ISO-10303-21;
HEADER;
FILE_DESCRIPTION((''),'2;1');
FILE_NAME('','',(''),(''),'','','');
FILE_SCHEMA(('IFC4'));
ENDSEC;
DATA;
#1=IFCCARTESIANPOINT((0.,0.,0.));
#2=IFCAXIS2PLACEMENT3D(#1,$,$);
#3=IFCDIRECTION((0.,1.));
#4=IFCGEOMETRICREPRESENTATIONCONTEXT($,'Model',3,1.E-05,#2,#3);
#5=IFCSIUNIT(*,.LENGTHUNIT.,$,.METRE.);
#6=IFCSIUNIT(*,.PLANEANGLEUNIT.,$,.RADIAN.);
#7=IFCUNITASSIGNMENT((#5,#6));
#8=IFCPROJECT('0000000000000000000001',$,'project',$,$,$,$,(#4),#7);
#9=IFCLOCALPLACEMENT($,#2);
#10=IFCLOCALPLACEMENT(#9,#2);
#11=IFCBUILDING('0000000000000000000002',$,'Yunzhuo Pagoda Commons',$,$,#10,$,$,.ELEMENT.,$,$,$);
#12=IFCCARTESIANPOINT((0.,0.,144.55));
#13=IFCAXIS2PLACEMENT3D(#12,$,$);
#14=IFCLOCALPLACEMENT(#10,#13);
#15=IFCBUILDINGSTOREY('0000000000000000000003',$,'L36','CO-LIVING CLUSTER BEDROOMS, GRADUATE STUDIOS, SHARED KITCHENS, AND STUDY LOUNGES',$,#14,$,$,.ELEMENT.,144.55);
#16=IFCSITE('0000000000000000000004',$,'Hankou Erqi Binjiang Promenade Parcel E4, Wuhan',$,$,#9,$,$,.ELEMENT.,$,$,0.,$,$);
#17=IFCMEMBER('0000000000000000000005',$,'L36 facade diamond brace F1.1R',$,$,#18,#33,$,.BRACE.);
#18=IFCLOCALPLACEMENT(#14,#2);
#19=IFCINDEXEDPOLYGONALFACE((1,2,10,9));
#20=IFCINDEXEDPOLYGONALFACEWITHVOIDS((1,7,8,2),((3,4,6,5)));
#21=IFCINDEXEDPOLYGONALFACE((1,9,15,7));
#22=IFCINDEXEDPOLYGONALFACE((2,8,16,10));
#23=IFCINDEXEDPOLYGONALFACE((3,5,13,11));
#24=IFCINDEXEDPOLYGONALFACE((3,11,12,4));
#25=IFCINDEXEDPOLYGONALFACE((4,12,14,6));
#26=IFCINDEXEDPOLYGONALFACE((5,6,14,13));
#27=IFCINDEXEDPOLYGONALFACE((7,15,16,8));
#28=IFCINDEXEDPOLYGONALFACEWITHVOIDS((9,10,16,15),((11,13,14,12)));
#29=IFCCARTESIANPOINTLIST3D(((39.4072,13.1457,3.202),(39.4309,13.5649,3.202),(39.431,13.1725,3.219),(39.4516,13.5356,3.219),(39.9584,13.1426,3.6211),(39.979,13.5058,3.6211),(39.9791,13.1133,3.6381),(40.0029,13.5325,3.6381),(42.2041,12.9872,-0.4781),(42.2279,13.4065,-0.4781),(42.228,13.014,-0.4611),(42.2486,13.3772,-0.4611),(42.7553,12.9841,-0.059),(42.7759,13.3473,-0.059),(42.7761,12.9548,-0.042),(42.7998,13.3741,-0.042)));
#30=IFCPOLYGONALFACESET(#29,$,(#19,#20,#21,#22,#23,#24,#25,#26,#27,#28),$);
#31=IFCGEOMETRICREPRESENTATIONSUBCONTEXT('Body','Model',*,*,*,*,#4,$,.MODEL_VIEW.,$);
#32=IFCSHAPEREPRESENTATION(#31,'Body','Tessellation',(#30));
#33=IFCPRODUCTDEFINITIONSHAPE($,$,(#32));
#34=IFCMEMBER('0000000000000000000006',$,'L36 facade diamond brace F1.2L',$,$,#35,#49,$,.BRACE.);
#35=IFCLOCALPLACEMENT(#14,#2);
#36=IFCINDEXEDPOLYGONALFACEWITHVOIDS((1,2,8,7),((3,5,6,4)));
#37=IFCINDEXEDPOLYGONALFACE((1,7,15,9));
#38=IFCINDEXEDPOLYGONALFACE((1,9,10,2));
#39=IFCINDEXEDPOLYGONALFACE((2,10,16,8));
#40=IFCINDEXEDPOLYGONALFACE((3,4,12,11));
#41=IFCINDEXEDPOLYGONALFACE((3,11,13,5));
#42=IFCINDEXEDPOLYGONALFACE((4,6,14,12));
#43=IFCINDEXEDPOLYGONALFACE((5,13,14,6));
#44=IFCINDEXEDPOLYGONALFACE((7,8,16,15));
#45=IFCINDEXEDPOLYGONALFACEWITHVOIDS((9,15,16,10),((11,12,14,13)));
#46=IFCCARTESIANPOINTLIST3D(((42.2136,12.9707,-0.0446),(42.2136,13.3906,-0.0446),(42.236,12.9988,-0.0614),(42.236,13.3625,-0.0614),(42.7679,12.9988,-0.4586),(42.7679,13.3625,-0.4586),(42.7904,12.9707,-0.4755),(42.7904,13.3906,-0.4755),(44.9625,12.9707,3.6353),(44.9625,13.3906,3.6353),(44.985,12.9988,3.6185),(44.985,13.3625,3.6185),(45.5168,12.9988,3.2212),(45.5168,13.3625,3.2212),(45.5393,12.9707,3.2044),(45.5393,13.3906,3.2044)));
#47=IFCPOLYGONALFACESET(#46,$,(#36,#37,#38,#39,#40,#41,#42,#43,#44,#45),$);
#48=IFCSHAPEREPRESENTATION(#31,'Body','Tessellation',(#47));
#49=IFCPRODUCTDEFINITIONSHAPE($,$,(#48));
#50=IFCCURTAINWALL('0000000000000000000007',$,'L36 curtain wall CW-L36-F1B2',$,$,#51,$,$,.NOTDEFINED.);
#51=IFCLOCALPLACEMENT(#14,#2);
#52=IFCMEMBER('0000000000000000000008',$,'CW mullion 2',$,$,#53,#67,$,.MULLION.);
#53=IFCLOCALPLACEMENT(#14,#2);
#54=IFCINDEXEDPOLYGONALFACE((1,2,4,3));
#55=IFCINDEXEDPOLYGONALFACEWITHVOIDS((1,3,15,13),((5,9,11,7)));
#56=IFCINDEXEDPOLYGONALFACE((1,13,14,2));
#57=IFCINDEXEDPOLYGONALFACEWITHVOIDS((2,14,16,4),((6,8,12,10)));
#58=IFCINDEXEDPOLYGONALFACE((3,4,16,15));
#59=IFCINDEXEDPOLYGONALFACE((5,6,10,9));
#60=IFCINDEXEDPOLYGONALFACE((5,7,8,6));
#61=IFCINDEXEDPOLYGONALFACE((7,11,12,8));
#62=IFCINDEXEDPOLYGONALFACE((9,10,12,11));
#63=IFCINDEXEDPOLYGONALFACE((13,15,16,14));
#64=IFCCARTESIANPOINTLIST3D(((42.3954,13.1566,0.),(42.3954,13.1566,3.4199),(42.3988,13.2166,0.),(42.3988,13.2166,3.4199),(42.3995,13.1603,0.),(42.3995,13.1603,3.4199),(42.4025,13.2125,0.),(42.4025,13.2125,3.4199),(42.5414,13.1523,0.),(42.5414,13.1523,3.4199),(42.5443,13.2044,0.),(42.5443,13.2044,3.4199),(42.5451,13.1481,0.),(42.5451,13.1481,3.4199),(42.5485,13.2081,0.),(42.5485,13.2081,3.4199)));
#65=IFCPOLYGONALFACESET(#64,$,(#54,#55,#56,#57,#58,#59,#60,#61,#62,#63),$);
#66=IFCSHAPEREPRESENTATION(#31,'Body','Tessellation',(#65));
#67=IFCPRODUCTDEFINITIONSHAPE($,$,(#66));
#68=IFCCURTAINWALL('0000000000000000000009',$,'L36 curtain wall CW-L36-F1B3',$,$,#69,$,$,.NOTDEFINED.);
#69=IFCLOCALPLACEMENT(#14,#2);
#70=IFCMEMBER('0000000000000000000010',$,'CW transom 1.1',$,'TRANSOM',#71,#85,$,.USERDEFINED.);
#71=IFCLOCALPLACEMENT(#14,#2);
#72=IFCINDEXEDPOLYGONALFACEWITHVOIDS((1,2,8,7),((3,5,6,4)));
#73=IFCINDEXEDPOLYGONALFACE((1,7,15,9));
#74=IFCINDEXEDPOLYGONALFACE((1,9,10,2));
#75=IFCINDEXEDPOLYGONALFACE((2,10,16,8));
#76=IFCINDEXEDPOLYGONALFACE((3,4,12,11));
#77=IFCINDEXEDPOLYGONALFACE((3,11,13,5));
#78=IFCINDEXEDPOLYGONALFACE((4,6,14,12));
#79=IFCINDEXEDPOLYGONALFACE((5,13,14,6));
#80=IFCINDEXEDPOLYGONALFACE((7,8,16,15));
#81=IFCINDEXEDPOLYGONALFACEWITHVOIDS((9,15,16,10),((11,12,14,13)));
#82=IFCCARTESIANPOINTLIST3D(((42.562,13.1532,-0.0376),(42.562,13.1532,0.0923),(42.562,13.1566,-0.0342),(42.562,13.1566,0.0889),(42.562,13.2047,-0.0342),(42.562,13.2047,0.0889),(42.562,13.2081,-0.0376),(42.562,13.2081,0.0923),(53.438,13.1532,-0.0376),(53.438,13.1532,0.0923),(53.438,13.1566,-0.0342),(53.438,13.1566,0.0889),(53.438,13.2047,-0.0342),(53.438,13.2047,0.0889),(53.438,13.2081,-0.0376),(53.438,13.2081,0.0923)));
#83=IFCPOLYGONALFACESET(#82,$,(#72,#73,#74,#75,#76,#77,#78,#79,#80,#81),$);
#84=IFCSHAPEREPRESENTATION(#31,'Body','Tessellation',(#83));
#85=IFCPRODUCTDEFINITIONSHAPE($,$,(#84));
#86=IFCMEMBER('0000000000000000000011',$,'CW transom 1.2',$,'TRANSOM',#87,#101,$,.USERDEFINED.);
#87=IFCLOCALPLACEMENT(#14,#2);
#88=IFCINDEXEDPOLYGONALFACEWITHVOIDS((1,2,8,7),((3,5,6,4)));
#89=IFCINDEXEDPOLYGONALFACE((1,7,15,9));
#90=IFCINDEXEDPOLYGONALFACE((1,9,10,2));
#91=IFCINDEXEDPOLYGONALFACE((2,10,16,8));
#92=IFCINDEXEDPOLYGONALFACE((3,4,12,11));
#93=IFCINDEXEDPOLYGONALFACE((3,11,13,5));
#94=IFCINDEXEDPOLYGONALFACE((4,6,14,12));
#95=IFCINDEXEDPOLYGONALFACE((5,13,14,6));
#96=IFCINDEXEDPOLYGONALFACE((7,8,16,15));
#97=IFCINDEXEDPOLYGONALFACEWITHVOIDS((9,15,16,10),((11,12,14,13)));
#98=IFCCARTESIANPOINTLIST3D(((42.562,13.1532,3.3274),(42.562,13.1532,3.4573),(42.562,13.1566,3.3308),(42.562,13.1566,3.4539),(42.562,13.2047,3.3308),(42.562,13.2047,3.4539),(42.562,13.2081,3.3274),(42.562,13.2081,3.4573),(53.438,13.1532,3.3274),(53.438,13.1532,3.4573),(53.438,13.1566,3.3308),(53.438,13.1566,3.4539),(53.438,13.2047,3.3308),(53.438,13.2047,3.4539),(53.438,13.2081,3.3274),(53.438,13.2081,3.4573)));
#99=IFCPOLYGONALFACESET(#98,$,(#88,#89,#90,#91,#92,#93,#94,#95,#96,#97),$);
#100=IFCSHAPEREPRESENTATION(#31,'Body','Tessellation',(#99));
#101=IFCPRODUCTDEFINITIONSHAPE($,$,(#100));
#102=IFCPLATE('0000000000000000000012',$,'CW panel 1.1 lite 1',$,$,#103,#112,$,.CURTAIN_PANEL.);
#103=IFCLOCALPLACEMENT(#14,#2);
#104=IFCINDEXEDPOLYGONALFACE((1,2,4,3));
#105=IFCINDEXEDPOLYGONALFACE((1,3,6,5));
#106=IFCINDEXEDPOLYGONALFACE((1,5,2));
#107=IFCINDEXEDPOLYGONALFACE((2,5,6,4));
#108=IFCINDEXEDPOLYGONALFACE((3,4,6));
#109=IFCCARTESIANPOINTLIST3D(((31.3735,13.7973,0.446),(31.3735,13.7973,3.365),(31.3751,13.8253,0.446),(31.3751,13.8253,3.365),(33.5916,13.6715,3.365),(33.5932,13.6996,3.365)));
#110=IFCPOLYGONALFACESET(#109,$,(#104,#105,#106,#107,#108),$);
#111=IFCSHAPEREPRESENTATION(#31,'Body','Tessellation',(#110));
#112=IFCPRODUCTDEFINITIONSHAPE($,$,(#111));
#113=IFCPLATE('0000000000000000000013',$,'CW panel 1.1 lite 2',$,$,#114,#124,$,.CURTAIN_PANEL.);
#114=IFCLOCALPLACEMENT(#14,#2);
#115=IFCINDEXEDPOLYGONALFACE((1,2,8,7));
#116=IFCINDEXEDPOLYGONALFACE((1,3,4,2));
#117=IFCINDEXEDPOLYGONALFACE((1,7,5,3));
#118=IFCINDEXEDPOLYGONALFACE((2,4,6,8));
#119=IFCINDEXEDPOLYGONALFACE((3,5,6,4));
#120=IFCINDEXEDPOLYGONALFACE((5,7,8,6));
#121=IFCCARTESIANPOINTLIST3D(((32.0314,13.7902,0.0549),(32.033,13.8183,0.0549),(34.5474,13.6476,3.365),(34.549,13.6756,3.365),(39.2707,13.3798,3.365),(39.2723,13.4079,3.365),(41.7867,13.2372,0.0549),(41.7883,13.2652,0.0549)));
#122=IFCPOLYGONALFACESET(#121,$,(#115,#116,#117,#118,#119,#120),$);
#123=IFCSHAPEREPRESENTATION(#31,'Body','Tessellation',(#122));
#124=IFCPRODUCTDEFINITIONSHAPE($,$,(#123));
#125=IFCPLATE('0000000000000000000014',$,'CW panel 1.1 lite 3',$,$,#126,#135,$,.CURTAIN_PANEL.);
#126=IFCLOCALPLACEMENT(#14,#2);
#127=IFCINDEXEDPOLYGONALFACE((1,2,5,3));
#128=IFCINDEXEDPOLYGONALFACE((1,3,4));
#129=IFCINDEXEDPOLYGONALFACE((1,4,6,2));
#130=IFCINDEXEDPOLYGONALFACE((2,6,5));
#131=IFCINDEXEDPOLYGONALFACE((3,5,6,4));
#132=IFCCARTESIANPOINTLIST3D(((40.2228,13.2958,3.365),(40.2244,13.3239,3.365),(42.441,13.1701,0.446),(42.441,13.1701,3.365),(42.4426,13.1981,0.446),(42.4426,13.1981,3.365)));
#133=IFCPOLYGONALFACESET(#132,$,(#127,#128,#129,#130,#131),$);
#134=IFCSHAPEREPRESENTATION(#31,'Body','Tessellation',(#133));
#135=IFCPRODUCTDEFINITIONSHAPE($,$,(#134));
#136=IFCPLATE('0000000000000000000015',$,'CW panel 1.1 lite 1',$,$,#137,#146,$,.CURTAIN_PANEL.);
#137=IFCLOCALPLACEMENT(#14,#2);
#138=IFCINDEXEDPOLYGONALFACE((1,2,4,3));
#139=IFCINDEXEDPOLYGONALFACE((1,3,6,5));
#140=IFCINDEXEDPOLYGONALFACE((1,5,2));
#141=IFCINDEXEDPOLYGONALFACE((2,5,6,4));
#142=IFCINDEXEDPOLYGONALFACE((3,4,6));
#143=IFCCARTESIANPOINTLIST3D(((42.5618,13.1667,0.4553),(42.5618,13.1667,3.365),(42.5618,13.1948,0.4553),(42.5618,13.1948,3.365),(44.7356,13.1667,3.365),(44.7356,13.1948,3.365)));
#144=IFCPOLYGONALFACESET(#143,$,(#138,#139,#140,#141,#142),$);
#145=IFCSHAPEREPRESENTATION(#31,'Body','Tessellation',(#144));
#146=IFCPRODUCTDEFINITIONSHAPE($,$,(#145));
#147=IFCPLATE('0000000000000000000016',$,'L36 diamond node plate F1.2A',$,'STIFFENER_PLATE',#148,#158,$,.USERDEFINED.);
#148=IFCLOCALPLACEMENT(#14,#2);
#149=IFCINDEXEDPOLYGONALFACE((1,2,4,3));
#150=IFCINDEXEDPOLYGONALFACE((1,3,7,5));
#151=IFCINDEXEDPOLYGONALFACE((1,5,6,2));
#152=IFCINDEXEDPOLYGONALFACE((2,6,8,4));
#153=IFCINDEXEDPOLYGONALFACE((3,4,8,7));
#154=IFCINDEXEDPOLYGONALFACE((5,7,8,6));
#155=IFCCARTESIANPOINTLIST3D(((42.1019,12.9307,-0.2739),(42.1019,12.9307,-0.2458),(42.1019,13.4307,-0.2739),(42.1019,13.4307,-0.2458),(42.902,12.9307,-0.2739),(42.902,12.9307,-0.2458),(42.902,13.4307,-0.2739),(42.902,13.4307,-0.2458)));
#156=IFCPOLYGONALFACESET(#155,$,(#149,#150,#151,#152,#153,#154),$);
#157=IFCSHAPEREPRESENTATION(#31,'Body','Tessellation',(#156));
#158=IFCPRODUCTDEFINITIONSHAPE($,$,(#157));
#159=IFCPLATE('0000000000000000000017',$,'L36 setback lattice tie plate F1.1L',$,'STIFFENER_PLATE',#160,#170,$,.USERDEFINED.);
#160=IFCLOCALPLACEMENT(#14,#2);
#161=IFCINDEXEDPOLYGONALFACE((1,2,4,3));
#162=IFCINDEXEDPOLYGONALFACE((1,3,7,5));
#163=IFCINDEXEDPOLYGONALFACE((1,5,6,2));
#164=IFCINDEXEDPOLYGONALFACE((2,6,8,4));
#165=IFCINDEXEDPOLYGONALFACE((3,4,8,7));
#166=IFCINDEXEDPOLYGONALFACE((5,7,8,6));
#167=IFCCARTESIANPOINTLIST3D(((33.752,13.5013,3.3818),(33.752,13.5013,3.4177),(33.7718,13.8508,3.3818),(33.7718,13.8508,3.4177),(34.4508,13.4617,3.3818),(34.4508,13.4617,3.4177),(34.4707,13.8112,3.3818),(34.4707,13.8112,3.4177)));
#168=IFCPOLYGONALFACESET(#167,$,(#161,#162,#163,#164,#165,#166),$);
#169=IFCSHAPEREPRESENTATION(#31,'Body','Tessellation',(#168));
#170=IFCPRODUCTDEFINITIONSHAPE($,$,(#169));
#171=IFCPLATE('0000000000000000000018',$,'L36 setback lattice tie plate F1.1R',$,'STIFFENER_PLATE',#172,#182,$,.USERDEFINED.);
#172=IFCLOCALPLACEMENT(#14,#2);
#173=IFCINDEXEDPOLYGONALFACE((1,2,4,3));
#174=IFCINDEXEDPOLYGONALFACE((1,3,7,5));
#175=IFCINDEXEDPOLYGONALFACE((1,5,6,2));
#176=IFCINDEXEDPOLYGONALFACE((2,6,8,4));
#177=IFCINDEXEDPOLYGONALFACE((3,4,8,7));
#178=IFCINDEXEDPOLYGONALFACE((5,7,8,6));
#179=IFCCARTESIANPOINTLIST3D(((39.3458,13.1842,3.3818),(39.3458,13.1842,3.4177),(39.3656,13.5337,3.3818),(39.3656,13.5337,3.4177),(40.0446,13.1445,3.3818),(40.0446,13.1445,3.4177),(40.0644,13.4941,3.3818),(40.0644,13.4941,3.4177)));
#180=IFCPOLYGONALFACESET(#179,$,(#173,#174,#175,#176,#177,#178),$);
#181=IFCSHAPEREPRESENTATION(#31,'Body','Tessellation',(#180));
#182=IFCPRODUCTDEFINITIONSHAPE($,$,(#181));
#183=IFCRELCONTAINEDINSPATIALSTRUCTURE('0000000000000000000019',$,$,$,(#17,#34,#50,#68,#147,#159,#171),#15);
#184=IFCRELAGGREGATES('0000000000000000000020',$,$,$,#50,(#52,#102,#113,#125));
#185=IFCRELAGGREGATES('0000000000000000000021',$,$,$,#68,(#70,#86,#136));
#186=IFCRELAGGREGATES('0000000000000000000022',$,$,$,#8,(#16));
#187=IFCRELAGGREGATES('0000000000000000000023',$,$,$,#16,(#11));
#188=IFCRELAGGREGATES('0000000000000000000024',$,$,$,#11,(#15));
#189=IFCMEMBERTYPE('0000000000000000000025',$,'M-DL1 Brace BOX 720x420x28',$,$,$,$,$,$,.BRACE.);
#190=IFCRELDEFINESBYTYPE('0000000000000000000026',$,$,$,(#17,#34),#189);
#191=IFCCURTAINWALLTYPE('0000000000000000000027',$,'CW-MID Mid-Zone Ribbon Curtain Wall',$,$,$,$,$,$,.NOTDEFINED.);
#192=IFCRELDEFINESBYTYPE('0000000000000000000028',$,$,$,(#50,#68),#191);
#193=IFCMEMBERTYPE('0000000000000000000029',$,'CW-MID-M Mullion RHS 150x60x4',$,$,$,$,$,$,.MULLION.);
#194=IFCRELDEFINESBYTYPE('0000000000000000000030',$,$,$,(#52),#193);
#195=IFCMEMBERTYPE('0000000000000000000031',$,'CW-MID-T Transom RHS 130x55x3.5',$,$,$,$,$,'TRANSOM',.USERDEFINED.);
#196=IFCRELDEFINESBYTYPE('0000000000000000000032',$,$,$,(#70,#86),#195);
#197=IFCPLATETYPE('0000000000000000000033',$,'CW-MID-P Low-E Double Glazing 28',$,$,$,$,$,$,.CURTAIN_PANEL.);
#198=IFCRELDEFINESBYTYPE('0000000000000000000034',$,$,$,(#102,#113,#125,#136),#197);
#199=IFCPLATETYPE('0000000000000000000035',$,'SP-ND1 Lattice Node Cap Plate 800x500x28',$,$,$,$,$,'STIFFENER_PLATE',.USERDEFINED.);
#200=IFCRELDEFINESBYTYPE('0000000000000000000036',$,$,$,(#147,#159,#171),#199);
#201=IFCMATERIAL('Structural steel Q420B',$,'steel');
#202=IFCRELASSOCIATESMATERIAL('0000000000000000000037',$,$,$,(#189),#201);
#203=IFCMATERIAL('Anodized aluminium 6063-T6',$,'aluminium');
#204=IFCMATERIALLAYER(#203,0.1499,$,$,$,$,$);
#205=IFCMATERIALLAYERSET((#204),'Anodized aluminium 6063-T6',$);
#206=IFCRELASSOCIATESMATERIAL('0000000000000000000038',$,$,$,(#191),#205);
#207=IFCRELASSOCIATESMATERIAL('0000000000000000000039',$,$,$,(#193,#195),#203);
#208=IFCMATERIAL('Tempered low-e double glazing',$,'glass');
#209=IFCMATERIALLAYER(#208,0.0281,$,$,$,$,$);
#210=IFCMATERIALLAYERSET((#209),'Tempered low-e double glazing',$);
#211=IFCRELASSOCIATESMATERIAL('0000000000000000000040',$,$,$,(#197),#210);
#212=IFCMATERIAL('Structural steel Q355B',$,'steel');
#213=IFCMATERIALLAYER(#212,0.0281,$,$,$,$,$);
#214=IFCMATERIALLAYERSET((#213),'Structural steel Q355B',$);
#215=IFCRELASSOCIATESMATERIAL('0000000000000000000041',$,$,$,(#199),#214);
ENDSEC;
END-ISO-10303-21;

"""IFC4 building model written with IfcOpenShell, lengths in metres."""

from ifc_helpers import new_model, si_unit, direction, frame, origin, origin_2d, place, context, subcontext, project, spatial, polyline, rectangle, hollow_rectangle, outline, extrude, source, transform, mapped, material, layer, layer_set, material_profile, profile_set, type_object, element, aggregate, save


model = new_model("IFC4")

# Units and contexts
model_context = context("Model", 3, precision=1e-05, world=origin(), true_north=direction((0.0, 1.0)))
body_context = subcontext(model_context, "Body", "Model", "MODEL_VIEW")
ifc_project = project(units=[si_unit("LENGTHUNIT", "METRE"), si_unit("PLANEANGLEUNIT", "RADIAN")], contexts=[model_context])

# Site, building, storey
site_placement = place(None, origin())
site = spatial("IfcSite", under=ifc_project, at=site_placement, Name="Hankou Erqi Binjiang Promenade Parcel E4, Wuhan", CompositionType="ELEMENT", RefElevation=0.0)
building_placement = place(site_placement, origin())
building = spatial("IfcBuilding", under=site, at=building_placement, Name="Yunzhuo Pagoda Commons", CompositionType="ELEMENT")
storey_placement = place(building_placement, frame((0.0, 0.0, 144.55)))
storey = spatial("IfcBuildingStorey", under=building, at=storey_placement, Name="L36", Description="CO-LIVING CLUSTER BEDROOMS, GRADUATE STUDIOS, SHARED KITCHENS, AND STUDY LOUNGES", CompositionType="ELEMENT", Elevation=144.55)

# Shared definitions
ifc_material_1 = material(Name="Structural steel Q420B", Category="steel")

# Shared definitions
ifc_material_2 = material(Name="Structural steel Q355B", Category="steel")

# Members
ifc_material_profile_1 = material_profile(ifc_material_1, hollow_rectangle(XDim=0.4199, YDim=0.72, WallThickness=0.0281, at=origin_2d()), Name="Structural steel Q420B")
ifc_profile_set_1 = profile_set([ifc_material_profile_1], Name="Structural steel Q420B")
member_type_1 = type_object("IfcMemberType", Name="M-DL1 Brace BOX 720x420x28", PredefinedType="BRACE", material=ifc_profile_set_1)
shared_shape_1 = source(origin(), body_context, "Body", "SweptSolid", [
    extrude(hollow_rectangle(XDim=0.4199, YDim=0.72, WallThickness=0.0281, at=origin_2d()), origin(), (0.0, 0.0, 1.0), 4.625),
])
member_1_placement = place(storey_placement, frame((42.502, 13.1807, -0.26), z_axis=(-0.604745, 0.03426, 0.795682), x_axis=(-0.056561, -0.998399, 0.0)))
element("IfcMember", 1, at=member_1_placement, inside=storey, type_object=member_type_1, Name="L36 facade diamond brace F1.1R", PredefinedType="BRACE", context=body_context, shape_type="MappedRepresentation", body=[
    mapped(shared_shape_1, transform((0.0, 0.0, 0.0), scale=1.0)),
])
shared_shape_2 = source(origin(), body_context, "Body", "SweptSolid", [
    extrude(hollow_rectangle(XDim=0.4199, YDim=0.72, WallThickness=0.0281, at=origin_2d()), origin(), (0.0, 0.0, 1.0), 4.5933),
])
member_2_placement = place(storey_placement, frame((42.502, 13.1807, -0.26), z_axis=(0.598477, 0.0, 0.80114), x_axis=(0.0, 1.0, 0.0)))
element("IfcMember", 2, at=member_2_placement, inside=storey, type_object=member_type_1, Name="L36 facade diamond brace F1.2L", PredefinedType="BRACE", context=body_context, shape_type="MappedRepresentation", body=[
    mapped(shared_shape_2, transform((0.0, 0.0, 0.0), scale=1.0)),
])

# Curtain wall, member
ifc_material_3 = material(Name="Anodized aluminium 6063-T6", Category="aluminium")
ifc_layer_1 = layer(ifc_material_3, 0.1499)
ifc_layer_set_1 = layer_set([ifc_layer_1], Name="Anodized aluminium 6063-T6")
curtain_wall_type = type_object("IfcCurtainWallType", Name="CW-MID Mid-Zone Ribbon Curtain Wall", PredefinedType="NOTDEFINED", material=ifc_layer_set_1)
curtain_wall_1_placement = place(storey_placement, origin())
curtain_wall_1 = element("IfcCurtainWall", 3, at=curtain_wall_1_placement, inside=storey, type_object=curtain_wall_type, Name="L36 curtain wall CW-L36-F1B2", PredefinedType="NOTDEFINED")
ifc_material_profile_2 = material_profile(ifc_material_3, hollow_rectangle(XDim=0.0601, YDim=0.1499, WallThickness=0.0039, at=origin_2d()), Name="Anodized aluminium 6063-T6")
ifc_profile_set_2 = profile_set([ifc_material_profile_2], Name="Anodized aluminium 6063-T6")
member_type_2 = type_object("IfcMemberType", Name="CW-MID-M Mullion RHS 150x60x4", PredefinedType="MULLION", material=ifc_profile_set_2)
shared_shape_3 = source(origin(), body_context, "Body", "SweptSolid", [
    extrude(hollow_rectangle(XDim=0.0601, YDim=0.1499, WallThickness=0.0039, at=origin_2d()), origin(), (0.0, 0.0, 1.0), 3.4199),
])
member_3_placement = place(storey_placement, frame((42.4719, 13.1824, 0.0), z_axis=(0.0, 0.0, 1.0), x_axis=(0.056597, 0.998397, 0.0)))
member_3 = element("IfcMember", 4, at=member_3_placement, type_object=member_type_2, Name="CW mullion 2", PredefinedType="MULLION", context=body_context, shape_type="MappedRepresentation", body=[
    mapped(shared_shape_3, transform((0.0, 0.0, 0.0), scale=1.0)),
])

# Curtain wall, members
curtain_wall_2_placement = place(storey_placement, origin())
curtain_wall_2 = element("IfcCurtainWall", 5, at=curtain_wall_2_placement, inside=storey, type_object=curtain_wall_type, Name="L36 curtain wall CW-L36-F1B3", PredefinedType="NOTDEFINED")
ifc_material_profile_3 = material_profile(ifc_material_3, hollow_rectangle(XDim=0.0549, YDim=0.1299, WallThickness=0.0034, at=origin_2d()), Name="Anodized aluminium 6063-T6")
ifc_profile_set_3 = profile_set([ifc_material_profile_3], Name="Anodized aluminium 6063-T6")
member_type_3 = type_object("IfcMemberType", Name="CW-MID-T Transom RHS 130x55x3.5", ElementType="TRANSOM", PredefinedType="USERDEFINED", material=ifc_profile_set_3)
shared_shape_4 = source(origin(), body_context, "Body", "SweptSolid", [
    extrude(hollow_rectangle(XDim=0.0549, YDim=0.1299, WallThickness=0.0034, at=origin_2d()), origin(), (0.0, 0.0, 1.0), 10.876),
])
member_4_placement = place(storey_placement, frame((42.562, 13.1807, 0.0273), z_axis=(1.0, 0.0, 0.0), x_axis=(0.0, 1.0, 0.0)))
member_4 = element("IfcMember", 6, at=member_4_placement, type_object=member_type_3, Name="CW transom 1.1", ObjectType="TRANSOM", PredefinedType="USERDEFINED", context=body_context, shape_type="MappedRepresentation", body=[
    mapped(shared_shape_4, transform((0.0, 0.0, 0.0), scale=1.0)),
])
member_5_placement = place(storey_placement, frame((42.562, 13.1807, 3.3923), z_axis=(1.0, 0.0, 0.0), x_axis=(0.0, 1.0, 0.0)))
member_5 = element("IfcMember", 7, at=member_5_placement, type_object=member_type_3, Name="CW transom 1.2", ObjectType="TRANSOM", PredefinedType="USERDEFINED", context=body_context, shape_type="MappedRepresentation", body=[
    mapped(shared_shape_4, transform((0.0, 0.0, 0.0), scale=1.0)),
])

# Plates
ifc_material_4 = material(Name="Tempered low-e double glazing", Category="glass")
ifc_layer_2 = layer(ifc_material_4, 0.0281)
ifc_layer_set_2 = layer_set([ifc_layer_2], Name="Tempered low-e double glazing")
plate_type_1 = type_object("IfcPlateType", Name="CW-MID-P Low-E Double Glazing 28", PredefinedType="CURTAIN_PANEL", material=ifc_layer_set_2)
plate_1_placement = place(storey_placement, frame((32.4841, 13.7625, 1.9055), z_axis=(-0.056597, -0.998397, 0.0), x_axis=(0.998397, -0.056597, 0.0)))
plate_1 = element("IfcPlate", 8, at=plate_1_placement, type_object=plate_type_1, Name="CW panel 1.1 lite 1", PredefinedType="CURTAIN_PANEL", context=body_context, shape_type="SweptSolid", body=[
    extrude(outline(polyline([(-1.1108, -1.4595), (1.1108, 1.4595), (-1.1108, 1.4595), (-1.1108, -1.4595)])), origin(), (0.0, 0.0, 1.0), 0.0281),
])
plate_2_placement = place(storey_placement, frame((36.9106, 13.5417, 1.71), z_axis=(-0.056597, -0.998397, 0.0), x_axis=(0.998397, -0.056597, 0.0)))
plate_2 = element("IfcPlate", 9, at=plate_2_placement, type_object=plate_type_1, Name="CW panel 1.1 lite 2", PredefinedType="CURTAIN_PANEL", context=body_context, shape_type="SweptSolid", body=[
    extrude(outline(polyline([(-4.8855, -1.655), (4.8855, -1.655), (2.3655, 1.655), (-2.3655, 1.655), (-4.8855, -1.655)])), origin(), (0.0, 0.0, 1.0), 0.0281),
])
plate_3_placement = place(storey_placement, frame((41.3335, 13.261, 1.9055), z_axis=(-0.056597, -0.998397, 0.0), x_axis=(0.998397, -0.056597, 0.0)))
plate_3 = element("IfcPlate", 10, at=plate_3_placement, type_object=plate_type_1, Name="CW panel 1.1 lite 3", PredefinedType="CURTAIN_PANEL", context=body_context, shape_type="SweptSolid", body=[
    extrude(outline(polyline([(-1.1108, 1.4595), (1.1108, -1.4595), (1.1108, 1.4595), (-1.1108, 1.4595)])), origin(), (0.0, 0.0, 1.0), 0.0281),
])
aggregate(curtain_wall_1, [member_3, plate_1, plate_2, plate_3])
plate_4_placement = place(storey_placement, frame((43.6487, 13.1948, 1.9102), z_axis=(0.0, -1.0, 0.0), x_axis=(1.0, 0.0, 0.0)))
plate_4 = element("IfcPlate", 11, at=plate_4_placement, type_object=plate_type_1, Name="CW panel 1.1 lite 1", PredefinedType="CURTAIN_PANEL", context=body_context, shape_type="SweptSolid", body=[
    extrude(outline(polyline([(-1.0869, -1.4548), (1.0869, 1.4548), (-1.0869, 1.4548), (-1.0869, -1.4548)])), origin(), (0.0, 0.0, 1.0), 0.0281),
])
aggregate(curtain_wall_2, [member_4, member_5, plate_4])

# Plates
ifc_layer_3 = layer(ifc_material_2, 0.0281)
ifc_layer_set_3 = layer_set([ifc_layer_3], Name="Structural steel Q355B")
plate_type_2 = type_object("IfcPlateType", Name="SP-ND1 Lattice Node Cap Plate 800x500x28", ElementType="STIFFENER_PLATE", PredefinedType="USERDEFINED", material=ifc_layer_set_3)
shared_shape_5 = source(origin(), body_context, "Body", "SweptSolid", [
    extrude(rectangle(XDim=0.8, YDim=0.5, at=origin_2d()), origin(), (0.0, 0.0, 1.0), 0.0281),
])
plate_5_placement = place(storey_placement, frame((42.502, 13.1807, -0.2739), z_axis=(0.0, 0.0, 1.0), x_axis=(1.0, 0.0, 0.0)))
element("IfcPlate", 12, at=plate_5_placement, inside=storey, type_object=plate_type_2, Name="L36 diamond node plate F1.2A", ObjectType="STIFFENER_PLATE", PredefinedType="USERDEFINED", context=body_context, shape_type="MappedRepresentation", body=[
    mapped(shared_shape_5, transform((0.0, 0.0, 0.0), scale=1.0)),
])
shared_shape_6 = source(origin(), body_context, "Body", "SweptSolid", [
    extrude(rectangle(XDim=0.7, YDim=0.3501, at=origin_2d()), origin(), (0.0, 0.0, 1.0), 0.0359),
])
for number, where, z_axis, x_axis, name in (
    (13, (34.1113, 13.6562, 3.3818), (0.0, 0.0, 1.0), (0.998397, -0.056606, 0.0), "L36 setback lattice tie plate F1.1L"),
    (14, (39.7051, 13.3391, 3.3818), (0.0, 0.0, 1.0), (0.998397, -0.056606, 0.0), "L36 setback lattice tie plate F1.1R"),
):
    element("IfcPlate", number, at=place(storey_placement, frame(where, z_axis=z_axis, x_axis=x_axis)), inside=storey, type_object=plate_type_2, Name=name, ObjectType="STIFFENER_PLATE", PredefinedType="USERDEFINED", context=body_context, shape_type="MappedRepresentation", body=[
        mapped(shared_shape_6, transform((0.0, 0.0, 0.0), scale=1.0)),
    ])

save(model, "model.ifc")
